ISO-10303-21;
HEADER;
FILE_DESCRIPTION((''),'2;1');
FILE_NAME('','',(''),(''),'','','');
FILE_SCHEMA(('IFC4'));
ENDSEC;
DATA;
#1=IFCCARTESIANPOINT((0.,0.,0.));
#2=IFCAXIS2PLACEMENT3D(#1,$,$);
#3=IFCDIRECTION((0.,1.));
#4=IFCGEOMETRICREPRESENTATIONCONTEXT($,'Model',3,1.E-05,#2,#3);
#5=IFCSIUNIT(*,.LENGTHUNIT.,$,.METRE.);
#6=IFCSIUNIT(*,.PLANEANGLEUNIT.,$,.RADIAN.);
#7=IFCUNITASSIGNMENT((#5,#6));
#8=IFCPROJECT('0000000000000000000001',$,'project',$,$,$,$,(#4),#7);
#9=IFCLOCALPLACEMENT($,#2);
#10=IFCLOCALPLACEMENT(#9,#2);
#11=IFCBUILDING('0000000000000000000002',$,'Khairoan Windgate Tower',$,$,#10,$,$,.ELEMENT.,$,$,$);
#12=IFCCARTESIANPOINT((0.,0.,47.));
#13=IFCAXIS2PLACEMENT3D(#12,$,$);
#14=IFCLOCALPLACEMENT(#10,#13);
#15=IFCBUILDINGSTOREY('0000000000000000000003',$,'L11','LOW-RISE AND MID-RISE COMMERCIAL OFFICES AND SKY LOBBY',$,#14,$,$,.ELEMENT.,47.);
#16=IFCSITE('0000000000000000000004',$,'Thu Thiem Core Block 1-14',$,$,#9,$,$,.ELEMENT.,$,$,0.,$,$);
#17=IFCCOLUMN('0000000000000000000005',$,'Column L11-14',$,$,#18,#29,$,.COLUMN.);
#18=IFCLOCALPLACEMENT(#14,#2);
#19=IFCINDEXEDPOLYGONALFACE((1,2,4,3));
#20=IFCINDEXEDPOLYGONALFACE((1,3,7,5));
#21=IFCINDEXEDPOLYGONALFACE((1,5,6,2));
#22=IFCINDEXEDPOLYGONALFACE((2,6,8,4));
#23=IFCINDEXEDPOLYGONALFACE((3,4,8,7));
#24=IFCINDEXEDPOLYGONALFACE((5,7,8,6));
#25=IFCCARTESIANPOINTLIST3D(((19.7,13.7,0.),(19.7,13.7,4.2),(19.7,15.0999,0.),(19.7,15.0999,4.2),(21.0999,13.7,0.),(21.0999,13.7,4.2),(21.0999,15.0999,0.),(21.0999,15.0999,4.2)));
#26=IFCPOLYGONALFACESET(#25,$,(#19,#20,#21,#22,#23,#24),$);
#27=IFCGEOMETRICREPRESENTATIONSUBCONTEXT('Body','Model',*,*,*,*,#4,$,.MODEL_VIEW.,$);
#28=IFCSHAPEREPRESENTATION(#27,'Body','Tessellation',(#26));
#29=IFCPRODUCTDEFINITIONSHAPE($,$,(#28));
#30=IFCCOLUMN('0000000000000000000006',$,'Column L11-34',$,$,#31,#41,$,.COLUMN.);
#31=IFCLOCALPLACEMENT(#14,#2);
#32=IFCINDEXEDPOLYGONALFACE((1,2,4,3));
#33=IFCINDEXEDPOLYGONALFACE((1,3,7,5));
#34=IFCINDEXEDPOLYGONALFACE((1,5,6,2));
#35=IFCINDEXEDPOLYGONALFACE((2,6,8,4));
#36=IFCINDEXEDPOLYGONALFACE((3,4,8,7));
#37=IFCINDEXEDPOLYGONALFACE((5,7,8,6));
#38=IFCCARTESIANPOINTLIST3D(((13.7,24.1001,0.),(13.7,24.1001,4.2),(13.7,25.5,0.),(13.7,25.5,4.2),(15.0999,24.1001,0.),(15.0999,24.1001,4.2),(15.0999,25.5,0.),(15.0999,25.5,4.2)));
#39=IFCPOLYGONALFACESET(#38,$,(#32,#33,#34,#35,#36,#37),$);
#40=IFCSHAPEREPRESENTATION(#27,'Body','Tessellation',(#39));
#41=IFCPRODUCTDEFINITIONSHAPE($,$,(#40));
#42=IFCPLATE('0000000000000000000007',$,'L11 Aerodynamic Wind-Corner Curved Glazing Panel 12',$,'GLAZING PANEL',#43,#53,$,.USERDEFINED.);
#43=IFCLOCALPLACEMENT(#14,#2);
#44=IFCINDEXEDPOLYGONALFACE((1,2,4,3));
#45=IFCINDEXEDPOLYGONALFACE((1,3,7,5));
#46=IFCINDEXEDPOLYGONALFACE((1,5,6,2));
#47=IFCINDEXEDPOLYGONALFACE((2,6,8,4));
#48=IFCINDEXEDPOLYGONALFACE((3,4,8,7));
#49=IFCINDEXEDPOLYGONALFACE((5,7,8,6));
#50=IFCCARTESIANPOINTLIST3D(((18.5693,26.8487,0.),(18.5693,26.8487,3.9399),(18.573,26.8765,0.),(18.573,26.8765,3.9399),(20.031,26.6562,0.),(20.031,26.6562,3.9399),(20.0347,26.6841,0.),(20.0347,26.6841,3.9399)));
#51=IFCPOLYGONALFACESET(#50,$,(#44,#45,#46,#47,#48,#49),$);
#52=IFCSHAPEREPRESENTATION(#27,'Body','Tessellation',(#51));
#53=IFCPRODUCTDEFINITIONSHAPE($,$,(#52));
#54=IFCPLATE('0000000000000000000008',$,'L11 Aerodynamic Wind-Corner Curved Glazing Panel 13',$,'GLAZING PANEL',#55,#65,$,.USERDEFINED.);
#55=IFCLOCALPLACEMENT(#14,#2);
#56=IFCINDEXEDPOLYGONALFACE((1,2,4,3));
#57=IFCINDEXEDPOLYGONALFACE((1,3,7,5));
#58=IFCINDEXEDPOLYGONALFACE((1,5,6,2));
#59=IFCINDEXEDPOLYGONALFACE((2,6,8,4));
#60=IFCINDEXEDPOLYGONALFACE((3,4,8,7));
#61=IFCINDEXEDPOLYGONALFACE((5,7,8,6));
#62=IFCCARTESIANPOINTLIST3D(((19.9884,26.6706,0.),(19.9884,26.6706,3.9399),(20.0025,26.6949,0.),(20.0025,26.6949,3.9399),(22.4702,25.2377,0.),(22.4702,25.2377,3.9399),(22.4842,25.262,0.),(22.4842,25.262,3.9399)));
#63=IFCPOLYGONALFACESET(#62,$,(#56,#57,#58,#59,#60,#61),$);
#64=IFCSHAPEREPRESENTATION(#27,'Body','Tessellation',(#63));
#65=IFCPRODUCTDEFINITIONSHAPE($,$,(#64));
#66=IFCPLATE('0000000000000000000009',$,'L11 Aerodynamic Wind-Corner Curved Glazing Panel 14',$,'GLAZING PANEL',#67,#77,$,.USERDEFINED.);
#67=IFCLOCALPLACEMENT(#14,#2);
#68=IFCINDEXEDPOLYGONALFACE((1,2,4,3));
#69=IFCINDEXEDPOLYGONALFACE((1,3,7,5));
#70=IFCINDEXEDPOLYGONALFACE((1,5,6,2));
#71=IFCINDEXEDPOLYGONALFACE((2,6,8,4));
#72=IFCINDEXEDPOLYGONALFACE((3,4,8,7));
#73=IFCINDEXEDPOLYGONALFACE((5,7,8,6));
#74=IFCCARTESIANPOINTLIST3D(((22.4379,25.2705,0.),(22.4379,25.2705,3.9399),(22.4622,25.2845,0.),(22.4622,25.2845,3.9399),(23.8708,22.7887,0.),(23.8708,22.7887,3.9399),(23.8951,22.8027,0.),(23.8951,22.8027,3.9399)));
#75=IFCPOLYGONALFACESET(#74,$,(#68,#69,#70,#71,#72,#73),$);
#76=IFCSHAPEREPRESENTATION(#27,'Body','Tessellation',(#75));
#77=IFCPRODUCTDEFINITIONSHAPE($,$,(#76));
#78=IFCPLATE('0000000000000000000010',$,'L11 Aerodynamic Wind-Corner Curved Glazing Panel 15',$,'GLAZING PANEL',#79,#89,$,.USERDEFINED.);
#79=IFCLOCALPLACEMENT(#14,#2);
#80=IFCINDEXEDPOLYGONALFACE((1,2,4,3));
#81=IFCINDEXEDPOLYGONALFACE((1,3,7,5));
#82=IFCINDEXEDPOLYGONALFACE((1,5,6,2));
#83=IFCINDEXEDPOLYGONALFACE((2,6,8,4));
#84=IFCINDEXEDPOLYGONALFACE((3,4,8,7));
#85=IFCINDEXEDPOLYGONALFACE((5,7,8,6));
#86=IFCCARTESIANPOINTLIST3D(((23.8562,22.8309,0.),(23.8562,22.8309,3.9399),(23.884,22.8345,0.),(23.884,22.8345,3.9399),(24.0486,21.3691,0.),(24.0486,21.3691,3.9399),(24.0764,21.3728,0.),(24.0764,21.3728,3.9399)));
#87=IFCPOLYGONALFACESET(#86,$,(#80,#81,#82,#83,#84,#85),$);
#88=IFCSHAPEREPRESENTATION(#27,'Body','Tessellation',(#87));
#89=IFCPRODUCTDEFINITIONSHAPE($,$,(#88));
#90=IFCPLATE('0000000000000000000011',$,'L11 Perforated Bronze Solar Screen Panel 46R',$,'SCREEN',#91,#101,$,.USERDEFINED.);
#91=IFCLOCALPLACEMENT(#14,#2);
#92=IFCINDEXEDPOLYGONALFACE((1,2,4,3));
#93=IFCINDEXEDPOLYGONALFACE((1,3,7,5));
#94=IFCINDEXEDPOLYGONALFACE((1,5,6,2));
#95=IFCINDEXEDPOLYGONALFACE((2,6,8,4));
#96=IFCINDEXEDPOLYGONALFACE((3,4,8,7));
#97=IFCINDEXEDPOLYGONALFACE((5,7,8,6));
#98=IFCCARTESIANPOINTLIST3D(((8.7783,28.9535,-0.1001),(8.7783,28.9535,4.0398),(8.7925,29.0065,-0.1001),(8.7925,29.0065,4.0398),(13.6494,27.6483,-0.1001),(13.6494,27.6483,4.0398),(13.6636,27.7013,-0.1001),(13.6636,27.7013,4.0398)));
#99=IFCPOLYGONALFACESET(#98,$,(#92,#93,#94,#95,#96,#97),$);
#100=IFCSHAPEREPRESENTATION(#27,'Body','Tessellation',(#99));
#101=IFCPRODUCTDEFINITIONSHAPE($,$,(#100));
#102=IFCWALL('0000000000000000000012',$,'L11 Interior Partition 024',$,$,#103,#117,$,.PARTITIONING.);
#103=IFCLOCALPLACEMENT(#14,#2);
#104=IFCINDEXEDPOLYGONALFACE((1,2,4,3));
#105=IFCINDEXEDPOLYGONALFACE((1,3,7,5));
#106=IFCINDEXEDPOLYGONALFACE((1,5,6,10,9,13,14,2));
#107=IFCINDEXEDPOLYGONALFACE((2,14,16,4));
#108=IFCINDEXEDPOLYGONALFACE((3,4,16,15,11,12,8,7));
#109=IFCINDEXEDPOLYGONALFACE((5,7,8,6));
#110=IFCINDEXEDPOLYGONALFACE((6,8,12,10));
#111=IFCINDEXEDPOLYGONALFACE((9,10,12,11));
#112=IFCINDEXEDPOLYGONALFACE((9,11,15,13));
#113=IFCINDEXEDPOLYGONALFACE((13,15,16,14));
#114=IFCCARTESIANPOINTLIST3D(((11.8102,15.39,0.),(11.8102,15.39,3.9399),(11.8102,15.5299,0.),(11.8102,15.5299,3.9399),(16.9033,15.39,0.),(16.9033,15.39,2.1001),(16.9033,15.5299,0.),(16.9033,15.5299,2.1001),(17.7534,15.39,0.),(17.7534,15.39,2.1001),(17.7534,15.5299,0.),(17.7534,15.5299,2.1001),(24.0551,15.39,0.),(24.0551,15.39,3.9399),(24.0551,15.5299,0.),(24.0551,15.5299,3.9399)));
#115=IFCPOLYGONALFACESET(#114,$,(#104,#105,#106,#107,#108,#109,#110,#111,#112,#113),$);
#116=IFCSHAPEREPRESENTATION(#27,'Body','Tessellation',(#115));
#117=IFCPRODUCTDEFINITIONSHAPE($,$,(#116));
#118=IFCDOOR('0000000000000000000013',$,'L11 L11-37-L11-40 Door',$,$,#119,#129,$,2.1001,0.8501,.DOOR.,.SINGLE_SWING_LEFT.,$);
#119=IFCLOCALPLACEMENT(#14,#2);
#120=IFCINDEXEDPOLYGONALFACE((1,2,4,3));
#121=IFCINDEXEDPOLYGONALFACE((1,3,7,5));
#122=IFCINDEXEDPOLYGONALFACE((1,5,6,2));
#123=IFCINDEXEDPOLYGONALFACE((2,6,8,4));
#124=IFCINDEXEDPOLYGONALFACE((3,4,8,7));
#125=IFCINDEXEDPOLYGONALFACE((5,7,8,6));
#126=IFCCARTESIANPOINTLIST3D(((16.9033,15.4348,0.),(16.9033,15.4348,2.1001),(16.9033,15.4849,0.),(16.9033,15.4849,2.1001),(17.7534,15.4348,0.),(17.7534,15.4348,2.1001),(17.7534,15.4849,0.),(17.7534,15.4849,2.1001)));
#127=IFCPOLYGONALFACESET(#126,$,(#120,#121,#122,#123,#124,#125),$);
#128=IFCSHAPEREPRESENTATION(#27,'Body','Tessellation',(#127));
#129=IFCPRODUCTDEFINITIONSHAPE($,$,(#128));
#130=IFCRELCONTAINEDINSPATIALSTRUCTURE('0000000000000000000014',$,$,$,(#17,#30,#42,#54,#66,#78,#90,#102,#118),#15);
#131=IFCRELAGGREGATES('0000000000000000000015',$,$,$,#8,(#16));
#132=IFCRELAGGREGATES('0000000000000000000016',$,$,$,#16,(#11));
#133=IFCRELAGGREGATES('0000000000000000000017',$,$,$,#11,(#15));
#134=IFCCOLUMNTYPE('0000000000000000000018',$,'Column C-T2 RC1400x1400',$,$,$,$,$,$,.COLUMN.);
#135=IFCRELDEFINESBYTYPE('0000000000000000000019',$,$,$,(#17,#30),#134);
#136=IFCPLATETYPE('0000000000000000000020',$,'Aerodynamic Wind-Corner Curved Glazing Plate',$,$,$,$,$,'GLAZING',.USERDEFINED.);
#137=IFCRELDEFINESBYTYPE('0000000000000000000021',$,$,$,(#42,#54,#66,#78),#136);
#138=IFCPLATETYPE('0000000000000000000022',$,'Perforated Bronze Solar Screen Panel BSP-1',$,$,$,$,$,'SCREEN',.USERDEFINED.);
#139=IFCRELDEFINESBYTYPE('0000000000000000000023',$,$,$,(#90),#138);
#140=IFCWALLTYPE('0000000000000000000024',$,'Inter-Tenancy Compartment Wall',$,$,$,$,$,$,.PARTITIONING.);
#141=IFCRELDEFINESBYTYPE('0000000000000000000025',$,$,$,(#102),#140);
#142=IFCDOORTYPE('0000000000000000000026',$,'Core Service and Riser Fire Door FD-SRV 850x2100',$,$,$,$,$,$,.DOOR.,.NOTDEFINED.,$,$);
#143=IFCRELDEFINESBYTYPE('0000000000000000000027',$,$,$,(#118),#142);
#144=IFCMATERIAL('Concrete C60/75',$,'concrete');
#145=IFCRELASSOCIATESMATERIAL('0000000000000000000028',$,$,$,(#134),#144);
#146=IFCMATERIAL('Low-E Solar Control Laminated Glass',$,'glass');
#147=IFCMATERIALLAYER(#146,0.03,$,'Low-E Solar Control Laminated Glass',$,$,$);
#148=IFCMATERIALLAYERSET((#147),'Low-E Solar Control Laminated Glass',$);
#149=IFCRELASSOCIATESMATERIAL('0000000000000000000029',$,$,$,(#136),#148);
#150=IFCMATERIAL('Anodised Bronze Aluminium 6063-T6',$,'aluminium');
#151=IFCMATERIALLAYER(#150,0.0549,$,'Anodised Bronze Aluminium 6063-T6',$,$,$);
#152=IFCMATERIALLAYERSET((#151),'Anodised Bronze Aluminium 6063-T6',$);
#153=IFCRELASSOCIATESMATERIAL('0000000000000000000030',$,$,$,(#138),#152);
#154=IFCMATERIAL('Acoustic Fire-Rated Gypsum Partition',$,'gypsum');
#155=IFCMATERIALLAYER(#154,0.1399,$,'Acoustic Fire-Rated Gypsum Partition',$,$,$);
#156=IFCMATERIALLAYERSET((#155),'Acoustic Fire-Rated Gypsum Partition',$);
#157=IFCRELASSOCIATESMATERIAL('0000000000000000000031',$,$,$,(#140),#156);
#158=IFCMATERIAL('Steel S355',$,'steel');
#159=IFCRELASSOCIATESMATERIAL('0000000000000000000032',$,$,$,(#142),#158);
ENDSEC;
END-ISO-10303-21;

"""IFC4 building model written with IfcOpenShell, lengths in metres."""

from ifc_helpers import new_model, si_unit, direction, frame, frame_2d, origin, origin_2d, place, context, subcontext, project, spatial, rectangle, extrude, material, layer, layer_set, material_profile, profile_set, type_object, element, fill, save


model = new_model("IFC4")

# Units and contexts
model_context = context("Model", 3, precision=1e-05, world=origin(), true_north=direction((0.0, 1.0)))
body_context = subcontext(model_context, "Body", "Model", "MODEL_VIEW")
ifc_project = project(units=[si_unit("LENGTHUNIT", "METRE"), si_unit("PLANEANGLEUNIT", "RADIAN")], contexts=[model_context])

# Site, building, storey
site_placement = place(None, origin())
site = spatial("IfcSite", under=ifc_project, at=site_placement, Name="Thu Thiem Core Block 1-14", CompositionType="ELEMENT", RefElevation=0.0)
building_placement = place(site_placement, origin())
building = spatial("IfcBuilding", under=site, at=building_placement, Name="Khairoan Windgate Tower", CompositionType="ELEMENT")
storey_placement = place(building_placement, frame((0.0, 0.0, 47.0)))
storey = spatial("IfcBuildingStorey", under=building, at=storey_placement, Name="L11", Description="LOW-RISE AND MID-RISE COMMERCIAL OFFICES AND SKY LOBBY", CompositionType="ELEMENT", Elevation=47.0)

# Columns
ifc_material_1 = material(Name="Concrete C60/75", Category="concrete")
ifc_material_profile_1 = material_profile(ifc_material_1, rectangle(XDim=1.3999, YDim=1.3999, at=origin_2d()))
ifc_profile_set_1 = profile_set([ifc_material_profile_1], Name="Concrete C60/75")
column_type = type_object("IfcColumnType", Name="Column C-T2 RC1400x1400", PredefinedType="COLUMN", material=ifc_profile_set_1)
for number, where, z_axis, x_axis, name in (
    (1, (20.3999, 14.3999, 0.0), (0.0, 0.0, 1.0), (1.0, 0.0, 0.0), "Column L11-14"),
    (2, (14.3999, 24.8, 0.0), (0.0, 0.0, 1.0), (1.0, 0.0, 0.0), "Column L11-34"),
):
    element("IfcColumn", number, at=place(storey_placement, frame(where, z_axis=z_axis, x_axis=x_axis)), inside=storey, type_object=column_type, Name=name, PredefinedType="COLUMN", context=body_context, shape_type="SweptSolid", body=[
        extrude(rectangle(XDim=1.3999, YDim=1.3999, at=origin_2d()), origin(), (0.0, 0.0, 1.0), 4.2),
    ])

# Plates
ifc_material_2 = material(Name="Low-E Solar Control Laminated Glass", Category="glass")
ifc_layer_1 = layer(ifc_material_2, 0.03, Name="Low-E Solar Control Laminated Glass")
ifc_layer_set_1 = layer_set([ifc_layer_1], Name="Low-E Solar Control Laminated Glass")
plate_type_1 = type_object("IfcPlateType", Name="Aerodynamic Wind-Corner Curved Glazing Plate", ElementType="GLAZING", PredefinedType="USERDEFINED", material=ifc_layer_set_1)
plate_1_placement = place(storey_placement, frame((19.302, 26.7664, 0.0), z_axis=(0.0, 0.0, 1.0), x_axis=(0.991445, -0.130526, 0.0)))
element("IfcPlate", 3, at=plate_1_placement, inside=storey, type_object=plate_type_1, Name="L11 Aerodynamic Wind-Corner Curved Glazing Panel 12", ObjectType="GLAZING PANEL", PredefinedType="USERDEFINED", context=body_context, shape_type="SweptSolid", body=[
    extrude(rectangle(XDim=1.4744, YDim=0.0281, at=origin_2d()), origin(), (0.0, 0.0, 1.0), 3.9399),
])
for number, where, z_axis, x_axis, name in (
    (4, (21.2363, 25.9663, 0.0), (0.0, 0.0, 1.0), (0.866025, -0.5, 0.0), "L11 Aerodynamic Wind-Corner Curved Glazing Panel 13"),
    (5, (23.1665, 24.0366, 0.0), (0.0, 0.0, 1.0), (0.5, -0.866025, 0.0), "L11 Aerodynamic Wind-Corner Curved Glazing Panel 14"),
):
    element("IfcPlate", number, at=place(storey_placement, frame(where, z_axis=z_axis, x_axis=x_axis)), inside=storey, type_object=plate_type_1, Name=name, ObjectType="GLAZING PANEL", PredefinedType="USERDEFINED", context=body_context, shape_type="SweptSolid", body=[
        extrude(rectangle(XDim=2.8657, YDim=0.0281, at=origin_2d()), origin(), (0.0, 0.0, 1.0), 3.9399),
    ])
plate_2_placement = place(storey_placement, frame((23.9663, 22.1018, 0.0), z_axis=(0.0, 0.0, 1.0), x_axis=(0.130526, -0.991445, 0.0)))
element("IfcPlate", 6, at=plate_2_placement, inside=storey, type_object=plate_type_1, Name="L11 Aerodynamic Wind-Corner Curved Glazing Panel 15", ObjectType="GLAZING PANEL", PredefinedType="USERDEFINED", context=body_context, shape_type="SweptSolid", body=[
    extrude(rectangle(XDim=1.4744, YDim=0.0281, at=origin_2d()), origin(), (0.0, 0.0, 1.0), 3.9399),
])

# Plate
ifc_material_3 = material(Name="Anodised Bronze Aluminium 6063-T6", Category="aluminium")
ifc_layer_2 = layer(ifc_material_3, 0.0549, Name="Anodised Bronze Aluminium 6063-T6")
ifc_layer_set_2 = layer_set([ifc_layer_2], Name="Anodised Bronze Aluminium 6063-T6")
plate_type_2 = type_object("IfcPlateType", Name="Perforated Bronze Solar Screen Panel BSP-1", ElementType="SCREEN", PredefinedType="USERDEFINED", material=ifc_layer_set_2)
plate_3_placement = place(storey_placement, frame((11.2209, 28.3274, -0.1001), z_axis=(0.0, 0.0, 1.0), x_axis=(0.965926, -0.258819, 0.0)))
element("IfcPlate", 7, at=plate_3_placement, inside=storey, type_object=plate_type_2, Name="L11 Perforated Bronze Solar Screen Panel 46R", ObjectType="SCREEN", PredefinedType="USERDEFINED", context=body_context, shape_type="SweptSolid", body=[
    extrude(rectangle(XDim=5.043, YDim=0.0549, at=origin_2d()), origin(), (0.0, 0.0, 1.0), 4.1399),
])

# Wall, opening, door
ifc_material_4 = material(Name="Acoustic Fire-Rated Gypsum Partition", Category="gypsum")
ifc_layer_3 = layer(ifc_material_4, 0.1399, Name="Acoustic Fire-Rated Gypsum Partition")
ifc_layer_set_3 = layer_set([ifc_layer_3], Name="Acoustic Fire-Rated Gypsum Partition")
wall_type = type_object("IfcWallType", Name="Inter-Tenancy Compartment Wall", PredefinedType="PARTITIONING", material=ifc_layer_set_3)
wall_placement = place(storey_placement, frame((11.8101, 15.46, 0.0), z_axis=(0.0, 0.0, 1.0), x_axis=(1.0, 0.0, 0.0)))
wall = element("IfcWall", 8, at=wall_placement, inside=storey, type_object=wall_type, Name="L11 Interior Partition 024", PredefinedType="PARTITIONING", context=body_context, shape_type="SweptSolid", body=[
    extrude(rectangle(XDim=12.2449, YDim=0.1399, at=frame_2d((6.1226, 0.0))), origin(), (0.0, 0.0, 1.0), 3.9399),
])
opening_placement = place(wall_placement, frame((5.0933, 0.0, 0.0)))
opening = element("IfcOpeningElement", 9, at=opening_placement, cuts=wall, PredefinedType="OPENING", context=body_context, shape_type="SweptSolid", body=[
    extrude(rectangle(XDim=0.8501, YDim=2.1001, at=frame_2d((0.425, 1.05))), frame((0.0, 0.0798, 0.0), z_axis=(0.0, -1.0, 0.0), x_axis=(1.0, 0.0, 0.0)), (0.0, 0.0, 1.0), 0.1599),
])
ifc_material_5 = material(Name="Steel S355", Category="steel")
door_type = type_object("IfcDoorType", Name="Core Service and Riser Fire Door FD-SRV 850x2100", OperationType="NOTDEFINED", PredefinedType="DOOR", material=ifc_material_5)
door_placement = place(opening_placement, origin())
door = element("IfcDoor", 10, at=door_placement, inside=storey, type_object=door_type, Name="L11 L11-37-L11-40 Door", OperationType="SINGLE_SWING_LEFT", OverallHeight=2.1001, OverallWidth=0.8501, PredefinedType="DOOR", context=body_context, shape_type="SweptSolid", body=[
    extrude(rectangle(XDim=0.8501, YDim=2.1001, at=frame_2d((0.425, 1.05))), frame((0.0, 0.0249, 0.0), z_axis=(0.0, -1.0, 0.0), x_axis=(1.0, 0.0, 0.0)), (0.0, 0.0, 1.0), 0.05),
])
fill(opening, door)

save(model, "model.ifc")
